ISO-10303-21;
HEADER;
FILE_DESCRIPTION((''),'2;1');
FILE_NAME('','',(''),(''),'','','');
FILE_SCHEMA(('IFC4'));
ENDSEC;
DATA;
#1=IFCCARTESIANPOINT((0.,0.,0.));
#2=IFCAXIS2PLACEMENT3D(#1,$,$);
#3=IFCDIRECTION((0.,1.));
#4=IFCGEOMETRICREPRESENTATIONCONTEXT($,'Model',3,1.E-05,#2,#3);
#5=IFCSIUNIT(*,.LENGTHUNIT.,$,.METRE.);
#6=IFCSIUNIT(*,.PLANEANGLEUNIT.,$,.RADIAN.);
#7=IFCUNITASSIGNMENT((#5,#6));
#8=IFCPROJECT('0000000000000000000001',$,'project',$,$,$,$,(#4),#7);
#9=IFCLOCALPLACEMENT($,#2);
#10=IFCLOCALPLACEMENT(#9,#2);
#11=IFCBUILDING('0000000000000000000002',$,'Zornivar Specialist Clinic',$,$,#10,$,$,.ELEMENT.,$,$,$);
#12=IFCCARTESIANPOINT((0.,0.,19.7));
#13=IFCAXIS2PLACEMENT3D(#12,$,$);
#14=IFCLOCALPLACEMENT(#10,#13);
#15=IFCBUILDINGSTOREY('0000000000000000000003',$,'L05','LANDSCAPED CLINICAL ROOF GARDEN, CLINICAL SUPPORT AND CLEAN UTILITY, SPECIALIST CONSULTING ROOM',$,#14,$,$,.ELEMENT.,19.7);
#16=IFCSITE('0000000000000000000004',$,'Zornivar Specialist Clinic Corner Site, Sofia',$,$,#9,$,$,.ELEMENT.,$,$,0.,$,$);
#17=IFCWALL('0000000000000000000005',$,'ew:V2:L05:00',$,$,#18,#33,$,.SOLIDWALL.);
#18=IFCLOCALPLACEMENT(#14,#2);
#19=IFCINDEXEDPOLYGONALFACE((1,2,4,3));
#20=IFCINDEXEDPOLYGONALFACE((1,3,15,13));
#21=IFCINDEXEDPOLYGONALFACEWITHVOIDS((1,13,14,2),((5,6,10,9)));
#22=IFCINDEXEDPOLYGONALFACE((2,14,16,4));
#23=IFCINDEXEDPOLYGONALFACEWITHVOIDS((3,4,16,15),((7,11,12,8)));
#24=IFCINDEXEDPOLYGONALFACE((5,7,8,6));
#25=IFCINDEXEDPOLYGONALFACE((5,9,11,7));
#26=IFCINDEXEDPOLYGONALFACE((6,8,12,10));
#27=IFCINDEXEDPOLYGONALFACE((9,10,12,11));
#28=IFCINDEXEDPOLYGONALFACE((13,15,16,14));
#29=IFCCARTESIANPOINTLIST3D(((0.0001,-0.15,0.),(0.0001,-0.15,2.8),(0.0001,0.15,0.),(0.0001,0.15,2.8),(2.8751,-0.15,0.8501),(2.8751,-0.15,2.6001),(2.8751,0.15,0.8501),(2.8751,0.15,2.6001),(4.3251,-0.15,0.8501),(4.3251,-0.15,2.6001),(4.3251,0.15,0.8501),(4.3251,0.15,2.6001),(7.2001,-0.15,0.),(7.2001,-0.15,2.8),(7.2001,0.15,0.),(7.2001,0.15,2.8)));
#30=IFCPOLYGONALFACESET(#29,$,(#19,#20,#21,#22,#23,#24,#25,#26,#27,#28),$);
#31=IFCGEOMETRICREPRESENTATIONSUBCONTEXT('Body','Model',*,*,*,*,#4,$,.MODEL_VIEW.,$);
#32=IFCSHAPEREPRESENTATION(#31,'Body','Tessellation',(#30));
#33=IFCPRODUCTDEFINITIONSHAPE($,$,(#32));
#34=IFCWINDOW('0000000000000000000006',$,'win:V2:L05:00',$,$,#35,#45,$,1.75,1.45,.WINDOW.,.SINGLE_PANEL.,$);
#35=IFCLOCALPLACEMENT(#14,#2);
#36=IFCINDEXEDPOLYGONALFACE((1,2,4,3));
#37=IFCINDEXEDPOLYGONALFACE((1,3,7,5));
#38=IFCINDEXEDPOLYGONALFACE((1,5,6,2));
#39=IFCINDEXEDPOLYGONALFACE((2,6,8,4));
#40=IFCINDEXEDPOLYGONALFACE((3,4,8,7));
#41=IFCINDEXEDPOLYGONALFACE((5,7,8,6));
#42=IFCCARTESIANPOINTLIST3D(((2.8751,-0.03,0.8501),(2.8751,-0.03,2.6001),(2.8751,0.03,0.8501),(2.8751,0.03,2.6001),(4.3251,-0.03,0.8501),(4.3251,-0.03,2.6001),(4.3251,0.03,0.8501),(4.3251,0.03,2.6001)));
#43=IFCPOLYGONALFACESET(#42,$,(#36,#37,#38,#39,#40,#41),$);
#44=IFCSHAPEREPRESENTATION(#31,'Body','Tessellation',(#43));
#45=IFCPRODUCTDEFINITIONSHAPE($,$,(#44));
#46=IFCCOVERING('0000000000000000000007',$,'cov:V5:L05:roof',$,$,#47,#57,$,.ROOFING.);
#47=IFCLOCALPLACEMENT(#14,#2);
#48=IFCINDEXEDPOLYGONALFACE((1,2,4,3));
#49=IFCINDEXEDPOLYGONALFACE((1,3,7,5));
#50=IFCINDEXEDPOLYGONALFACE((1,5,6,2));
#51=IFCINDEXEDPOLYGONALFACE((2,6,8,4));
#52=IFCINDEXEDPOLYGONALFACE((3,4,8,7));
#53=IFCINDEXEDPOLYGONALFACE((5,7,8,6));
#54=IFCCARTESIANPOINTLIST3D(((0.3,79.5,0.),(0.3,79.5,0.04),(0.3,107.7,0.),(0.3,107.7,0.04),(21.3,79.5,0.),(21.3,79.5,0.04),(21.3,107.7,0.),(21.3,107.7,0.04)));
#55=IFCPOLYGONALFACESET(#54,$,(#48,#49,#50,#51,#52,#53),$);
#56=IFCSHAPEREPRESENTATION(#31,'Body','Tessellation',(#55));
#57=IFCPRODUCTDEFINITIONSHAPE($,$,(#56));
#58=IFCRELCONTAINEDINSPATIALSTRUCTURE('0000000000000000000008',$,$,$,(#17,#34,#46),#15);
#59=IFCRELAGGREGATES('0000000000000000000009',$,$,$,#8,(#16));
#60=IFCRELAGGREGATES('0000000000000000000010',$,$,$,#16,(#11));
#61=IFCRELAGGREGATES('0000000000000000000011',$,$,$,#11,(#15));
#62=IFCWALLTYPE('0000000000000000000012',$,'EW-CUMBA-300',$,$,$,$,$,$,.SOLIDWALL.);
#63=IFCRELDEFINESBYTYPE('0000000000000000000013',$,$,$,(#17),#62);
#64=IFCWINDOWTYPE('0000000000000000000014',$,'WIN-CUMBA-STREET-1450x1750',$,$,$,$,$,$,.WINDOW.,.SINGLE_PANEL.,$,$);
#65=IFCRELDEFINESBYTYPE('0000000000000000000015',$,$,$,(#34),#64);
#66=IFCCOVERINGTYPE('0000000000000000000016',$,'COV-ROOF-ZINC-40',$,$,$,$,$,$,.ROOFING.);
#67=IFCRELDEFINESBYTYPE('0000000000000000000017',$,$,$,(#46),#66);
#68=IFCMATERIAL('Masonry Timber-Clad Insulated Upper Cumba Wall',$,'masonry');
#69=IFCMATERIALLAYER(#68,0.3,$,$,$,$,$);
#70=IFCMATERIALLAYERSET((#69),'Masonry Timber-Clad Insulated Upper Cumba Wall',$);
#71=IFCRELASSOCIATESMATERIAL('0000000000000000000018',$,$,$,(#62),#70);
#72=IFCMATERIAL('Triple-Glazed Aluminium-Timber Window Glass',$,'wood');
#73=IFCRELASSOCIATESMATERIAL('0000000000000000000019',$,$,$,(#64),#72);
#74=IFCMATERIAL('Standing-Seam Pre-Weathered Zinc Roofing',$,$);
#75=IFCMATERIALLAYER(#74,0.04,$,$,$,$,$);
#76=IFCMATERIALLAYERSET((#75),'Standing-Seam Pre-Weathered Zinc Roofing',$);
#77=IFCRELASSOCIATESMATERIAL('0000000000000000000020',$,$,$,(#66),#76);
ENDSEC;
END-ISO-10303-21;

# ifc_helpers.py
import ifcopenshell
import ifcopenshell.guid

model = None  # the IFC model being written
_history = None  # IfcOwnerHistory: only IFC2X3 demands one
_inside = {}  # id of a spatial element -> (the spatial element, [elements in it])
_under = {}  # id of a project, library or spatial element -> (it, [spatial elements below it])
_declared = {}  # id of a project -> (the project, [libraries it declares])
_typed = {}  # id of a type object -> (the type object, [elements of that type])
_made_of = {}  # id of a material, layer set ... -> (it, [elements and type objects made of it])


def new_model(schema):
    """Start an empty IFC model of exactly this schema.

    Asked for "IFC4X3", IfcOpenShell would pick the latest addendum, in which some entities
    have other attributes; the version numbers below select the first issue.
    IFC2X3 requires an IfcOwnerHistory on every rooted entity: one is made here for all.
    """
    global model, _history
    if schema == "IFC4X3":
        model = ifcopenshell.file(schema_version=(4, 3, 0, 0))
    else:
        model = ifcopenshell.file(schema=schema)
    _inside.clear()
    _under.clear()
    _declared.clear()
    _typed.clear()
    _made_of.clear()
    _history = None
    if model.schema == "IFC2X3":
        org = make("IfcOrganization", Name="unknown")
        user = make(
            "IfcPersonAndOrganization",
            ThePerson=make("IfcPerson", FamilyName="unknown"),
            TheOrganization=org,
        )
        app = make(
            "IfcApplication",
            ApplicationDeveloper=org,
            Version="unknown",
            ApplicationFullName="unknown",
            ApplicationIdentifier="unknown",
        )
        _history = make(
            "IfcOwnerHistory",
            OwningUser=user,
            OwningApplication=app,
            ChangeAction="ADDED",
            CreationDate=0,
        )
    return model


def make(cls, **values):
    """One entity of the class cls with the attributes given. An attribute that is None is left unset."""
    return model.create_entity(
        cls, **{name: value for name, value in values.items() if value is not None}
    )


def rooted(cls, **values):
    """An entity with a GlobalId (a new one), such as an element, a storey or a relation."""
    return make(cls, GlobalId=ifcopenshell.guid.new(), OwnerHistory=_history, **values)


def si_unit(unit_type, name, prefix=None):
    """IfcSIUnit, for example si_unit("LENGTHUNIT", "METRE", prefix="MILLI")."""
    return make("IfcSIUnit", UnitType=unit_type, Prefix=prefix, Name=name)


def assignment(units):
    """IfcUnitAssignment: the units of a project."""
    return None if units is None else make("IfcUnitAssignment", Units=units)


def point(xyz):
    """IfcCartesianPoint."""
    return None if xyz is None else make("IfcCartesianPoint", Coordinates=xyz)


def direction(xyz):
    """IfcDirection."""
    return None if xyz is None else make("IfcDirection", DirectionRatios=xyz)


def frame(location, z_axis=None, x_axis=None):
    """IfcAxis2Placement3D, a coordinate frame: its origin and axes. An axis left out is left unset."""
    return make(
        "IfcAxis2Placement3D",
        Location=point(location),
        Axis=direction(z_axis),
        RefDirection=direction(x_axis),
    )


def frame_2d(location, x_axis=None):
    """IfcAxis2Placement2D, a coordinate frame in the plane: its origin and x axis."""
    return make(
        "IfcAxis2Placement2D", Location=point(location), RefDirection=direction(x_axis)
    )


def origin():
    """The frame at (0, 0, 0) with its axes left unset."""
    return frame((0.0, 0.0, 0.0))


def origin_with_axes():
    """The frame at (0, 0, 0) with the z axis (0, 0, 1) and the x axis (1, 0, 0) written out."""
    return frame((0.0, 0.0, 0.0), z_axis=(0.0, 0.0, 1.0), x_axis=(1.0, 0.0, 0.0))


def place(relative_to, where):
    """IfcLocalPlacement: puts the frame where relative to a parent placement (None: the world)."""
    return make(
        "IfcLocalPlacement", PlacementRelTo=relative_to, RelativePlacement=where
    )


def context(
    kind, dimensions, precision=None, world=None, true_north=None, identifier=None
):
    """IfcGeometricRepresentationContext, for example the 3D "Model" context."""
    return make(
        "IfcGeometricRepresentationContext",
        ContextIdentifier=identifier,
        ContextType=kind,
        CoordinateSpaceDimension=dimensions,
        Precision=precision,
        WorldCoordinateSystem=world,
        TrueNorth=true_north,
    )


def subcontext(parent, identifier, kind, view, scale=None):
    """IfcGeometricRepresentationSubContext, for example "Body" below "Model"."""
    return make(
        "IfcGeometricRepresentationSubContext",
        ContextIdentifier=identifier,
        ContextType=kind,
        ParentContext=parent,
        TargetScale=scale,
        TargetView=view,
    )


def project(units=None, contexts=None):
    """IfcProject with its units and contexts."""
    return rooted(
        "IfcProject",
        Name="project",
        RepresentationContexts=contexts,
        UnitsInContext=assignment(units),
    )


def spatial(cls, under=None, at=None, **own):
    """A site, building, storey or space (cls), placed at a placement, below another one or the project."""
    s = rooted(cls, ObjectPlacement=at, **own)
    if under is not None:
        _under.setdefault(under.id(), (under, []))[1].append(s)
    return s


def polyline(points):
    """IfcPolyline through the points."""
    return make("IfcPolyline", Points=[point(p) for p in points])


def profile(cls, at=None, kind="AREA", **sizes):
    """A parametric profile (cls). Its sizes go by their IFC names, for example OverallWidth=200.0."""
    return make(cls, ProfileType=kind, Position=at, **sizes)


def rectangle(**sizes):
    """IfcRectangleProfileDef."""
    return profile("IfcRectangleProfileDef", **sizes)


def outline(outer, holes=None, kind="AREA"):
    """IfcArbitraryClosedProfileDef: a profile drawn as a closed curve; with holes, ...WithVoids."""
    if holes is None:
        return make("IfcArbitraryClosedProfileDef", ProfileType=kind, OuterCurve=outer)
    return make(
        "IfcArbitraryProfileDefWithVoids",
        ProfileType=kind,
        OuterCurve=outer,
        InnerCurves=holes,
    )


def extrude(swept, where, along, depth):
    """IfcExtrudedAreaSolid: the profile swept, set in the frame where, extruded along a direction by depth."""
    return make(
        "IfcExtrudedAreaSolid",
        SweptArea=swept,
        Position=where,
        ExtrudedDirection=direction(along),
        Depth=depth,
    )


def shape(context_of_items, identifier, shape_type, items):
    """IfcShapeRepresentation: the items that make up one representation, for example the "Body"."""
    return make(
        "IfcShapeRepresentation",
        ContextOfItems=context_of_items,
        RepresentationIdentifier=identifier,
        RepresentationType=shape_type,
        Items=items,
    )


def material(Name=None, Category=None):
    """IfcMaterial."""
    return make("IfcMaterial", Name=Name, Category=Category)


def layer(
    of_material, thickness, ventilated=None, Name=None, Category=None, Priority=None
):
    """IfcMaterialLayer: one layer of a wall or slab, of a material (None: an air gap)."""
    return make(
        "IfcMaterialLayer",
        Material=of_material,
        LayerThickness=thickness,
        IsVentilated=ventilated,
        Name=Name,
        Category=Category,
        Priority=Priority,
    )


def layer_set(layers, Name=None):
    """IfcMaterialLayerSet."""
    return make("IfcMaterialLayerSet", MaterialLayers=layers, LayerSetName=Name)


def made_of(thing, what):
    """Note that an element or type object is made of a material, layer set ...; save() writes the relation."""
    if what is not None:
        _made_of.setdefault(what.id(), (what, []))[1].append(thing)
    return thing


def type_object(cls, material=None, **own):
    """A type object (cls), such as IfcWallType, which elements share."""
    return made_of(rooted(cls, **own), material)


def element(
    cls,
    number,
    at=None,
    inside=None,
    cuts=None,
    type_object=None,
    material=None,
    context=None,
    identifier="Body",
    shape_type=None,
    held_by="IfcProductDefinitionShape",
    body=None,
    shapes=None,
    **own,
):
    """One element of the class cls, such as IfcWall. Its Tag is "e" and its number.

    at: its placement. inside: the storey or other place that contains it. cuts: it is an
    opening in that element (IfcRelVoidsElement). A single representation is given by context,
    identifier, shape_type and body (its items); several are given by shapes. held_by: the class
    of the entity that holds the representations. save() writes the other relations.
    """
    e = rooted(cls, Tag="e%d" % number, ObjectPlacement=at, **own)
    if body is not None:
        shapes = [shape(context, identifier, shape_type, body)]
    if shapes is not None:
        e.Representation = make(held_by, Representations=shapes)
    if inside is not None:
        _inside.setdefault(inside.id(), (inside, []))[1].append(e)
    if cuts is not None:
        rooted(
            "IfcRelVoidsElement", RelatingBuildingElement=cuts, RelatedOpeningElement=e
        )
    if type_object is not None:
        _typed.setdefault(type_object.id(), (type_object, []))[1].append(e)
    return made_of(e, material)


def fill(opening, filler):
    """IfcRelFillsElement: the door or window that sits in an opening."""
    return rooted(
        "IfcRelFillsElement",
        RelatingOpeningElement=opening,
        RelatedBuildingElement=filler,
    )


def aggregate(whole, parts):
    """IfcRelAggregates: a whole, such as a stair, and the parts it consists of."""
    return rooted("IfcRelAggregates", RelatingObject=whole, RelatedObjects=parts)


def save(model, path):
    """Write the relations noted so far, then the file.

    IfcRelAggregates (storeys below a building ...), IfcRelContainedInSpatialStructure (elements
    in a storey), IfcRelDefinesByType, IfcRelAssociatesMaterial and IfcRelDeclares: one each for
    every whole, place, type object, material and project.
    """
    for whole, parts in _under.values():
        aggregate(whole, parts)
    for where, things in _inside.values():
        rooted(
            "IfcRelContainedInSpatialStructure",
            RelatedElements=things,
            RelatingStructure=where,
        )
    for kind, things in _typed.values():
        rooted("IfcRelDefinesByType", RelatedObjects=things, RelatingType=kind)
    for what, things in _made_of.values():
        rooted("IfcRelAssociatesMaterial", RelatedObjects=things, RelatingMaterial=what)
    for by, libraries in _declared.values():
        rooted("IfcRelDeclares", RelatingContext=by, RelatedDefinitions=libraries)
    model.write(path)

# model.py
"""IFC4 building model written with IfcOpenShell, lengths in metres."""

from ifc_helpers import new_model, si_unit, direction, frame, frame_2d, origin, origin_with_axes, place, context, subcontext, project, spatial, polyline, rectangle, outline, extrude, material, layer, layer_set, type_object, element, fill, save


model = new_model("IFC4")

# Units and contexts
model_context = context("Model", 3, precision=1e-05, world=origin(), true_north=direction((0.0, 1.0)))
body_context = subcontext(model_context, "Body", "Model", "MODEL_VIEW")
ifc_project = project(units=[si_unit("LENGTHUNIT", "METRE"), si_unit("PLANEANGLEUNIT", "RADIAN")], contexts=[model_context])

# Site, building, storey
site_placement = place(None, origin())
site = spatial("IfcSite", under=ifc_project, at=site_placement, Name="Zornivar Specialist Clinic Corner Site, Sofia", CompositionType="ELEMENT", RefElevation=0.0)
building_placement = place(site_placement, origin())
building = spatial("IfcBuilding", under=site, at=building_placement, Name="Zornivar Specialist Clinic", CompositionType="ELEMENT")
storey_placement = place(building_placement, frame((0.0, 0.0, 19.7)))
storey = spatial("IfcBuildingStorey", under=building, at=storey_placement, Name="L05", Description="LANDSCAPED CLINICAL ROOF GARDEN, CLINICAL SUPPORT AND CLEAN UTILITY, SPECIALIST CONSULTING ROOM", CompositionType="ELEMENT", Elevation=19.7)

# Wall, opening, window
ifc_material_1 = material(Name="Masonry Timber-Clad Insulated Upper Cumba Wall", Category="masonry")
ifc_layer_1 = layer(ifc_material_1, 0.3)
ifc_layer_set_1 = layer_set([ifc_layer_1], Name="Masonry Timber-Clad Insulated Upper Cumba Wall")
wall_type = type_object("IfcWallType", Name="EW-CUMBA-300", PredefinedType="SOLIDWALL", material=ifc_layer_set_1)
wall_placement = place(storey_placement, origin_with_axes())
wall = element("IfcWall", 1, at=wall_placement, inside=storey, type_object=wall_type, Name="ew:V2:L05:00", PredefinedType="SOLIDWALL", context=body_context, shape_type="SweptSolid", body=[
    extrude(rectangle(XDim=7.2, YDim=0.3, at=frame_2d((3.6001, 0.0))), origin(), (0.0, 0.0, 1.0), 2.8),
])
opening_1_placement = place(wall_placement, frame((2.875, 0.0, 0.8501)))
opening_1 = element("IfcOpeningElement", 2, at=opening_1_placement, cuts=wall, PredefinedType="OPENING", context=body_context, shape_type="SweptSolid", body=[
    extrude(rectangle(XDim=1.45, YDim=1.75, at=frame_2d((0.7251, 0.875))), frame((0.0, 0.1599, 0.0), z_axis=(0.0, -1.0, 0.0), x_axis=(1.0, 0.0, 0.0)), (0.0, 0.0, 1.0), 0.3201),
])
ifc_material_2 = material(Name="Triple-Glazed Aluminium-Timber Window Glass", Category="wood")
window_type_1 = type_object("IfcWindowType", Name="WIN-CUMBA-STREET-1450x1750", PartitioningType="SINGLE_PANEL", PredefinedType="WINDOW", material=ifc_material_2)
window_1_placement = place(opening_1_placement, origin())
window_1 = element("IfcWindow", 3, at=window_1_placement, inside=storey, type_object=window_type_1, Name="win:V2:L05:00", OverallHeight=1.75, OverallWidth=1.45, PartitioningType="SINGLE_PANEL", PredefinedType="WINDOW", context=body_context, shape_type="SweptSolid", body=[
    extrude(rectangle(XDim=1.45, YDim=1.75, at=frame_2d((0.7251, 0.875))), frame((0.0, 0.03, 0.0), z_axis=(0.0, -1.0, 0.0), x_axis=(1.0, 0.0, 0.0)), (0.0, 0.0, 1.0), 0.0601),
])
fill(opening_1, window_1)

# Covering
ifc_material_3 = material(Name="Standing-Seam Pre-Weathered Zinc Roofing")
ifc_layer_2 = layer(ifc_material_3, 0.04)
ifc_layer_set_2 = layer_set([ifc_layer_2], Name="Standing-Seam Pre-Weathered Zinc Roofing")
covering_type = type_object("IfcCoveringType", Name="COV-ROOF-ZINC-40", PredefinedType="ROOFING", material=ifc_layer_set_2)
covering_placement = place(storey_placement, origin())
element("IfcCovering", 4, at=covering_placement, inside=storey, type_object=covering_type, Name="cov:V5:L05:roof", PredefinedType="ROOFING", context=body_context, shape_type="SweptSolid", body=[
    extrude(outline(polyline([(0.3, 79.5), (21.3, 79.5), (21.3, 107.7), (0.3, 107.7), (0.3, 79.5)])), origin(), (0.0, 0.0, 1.0), 0.04),
])

save(model, "model.ifc")
